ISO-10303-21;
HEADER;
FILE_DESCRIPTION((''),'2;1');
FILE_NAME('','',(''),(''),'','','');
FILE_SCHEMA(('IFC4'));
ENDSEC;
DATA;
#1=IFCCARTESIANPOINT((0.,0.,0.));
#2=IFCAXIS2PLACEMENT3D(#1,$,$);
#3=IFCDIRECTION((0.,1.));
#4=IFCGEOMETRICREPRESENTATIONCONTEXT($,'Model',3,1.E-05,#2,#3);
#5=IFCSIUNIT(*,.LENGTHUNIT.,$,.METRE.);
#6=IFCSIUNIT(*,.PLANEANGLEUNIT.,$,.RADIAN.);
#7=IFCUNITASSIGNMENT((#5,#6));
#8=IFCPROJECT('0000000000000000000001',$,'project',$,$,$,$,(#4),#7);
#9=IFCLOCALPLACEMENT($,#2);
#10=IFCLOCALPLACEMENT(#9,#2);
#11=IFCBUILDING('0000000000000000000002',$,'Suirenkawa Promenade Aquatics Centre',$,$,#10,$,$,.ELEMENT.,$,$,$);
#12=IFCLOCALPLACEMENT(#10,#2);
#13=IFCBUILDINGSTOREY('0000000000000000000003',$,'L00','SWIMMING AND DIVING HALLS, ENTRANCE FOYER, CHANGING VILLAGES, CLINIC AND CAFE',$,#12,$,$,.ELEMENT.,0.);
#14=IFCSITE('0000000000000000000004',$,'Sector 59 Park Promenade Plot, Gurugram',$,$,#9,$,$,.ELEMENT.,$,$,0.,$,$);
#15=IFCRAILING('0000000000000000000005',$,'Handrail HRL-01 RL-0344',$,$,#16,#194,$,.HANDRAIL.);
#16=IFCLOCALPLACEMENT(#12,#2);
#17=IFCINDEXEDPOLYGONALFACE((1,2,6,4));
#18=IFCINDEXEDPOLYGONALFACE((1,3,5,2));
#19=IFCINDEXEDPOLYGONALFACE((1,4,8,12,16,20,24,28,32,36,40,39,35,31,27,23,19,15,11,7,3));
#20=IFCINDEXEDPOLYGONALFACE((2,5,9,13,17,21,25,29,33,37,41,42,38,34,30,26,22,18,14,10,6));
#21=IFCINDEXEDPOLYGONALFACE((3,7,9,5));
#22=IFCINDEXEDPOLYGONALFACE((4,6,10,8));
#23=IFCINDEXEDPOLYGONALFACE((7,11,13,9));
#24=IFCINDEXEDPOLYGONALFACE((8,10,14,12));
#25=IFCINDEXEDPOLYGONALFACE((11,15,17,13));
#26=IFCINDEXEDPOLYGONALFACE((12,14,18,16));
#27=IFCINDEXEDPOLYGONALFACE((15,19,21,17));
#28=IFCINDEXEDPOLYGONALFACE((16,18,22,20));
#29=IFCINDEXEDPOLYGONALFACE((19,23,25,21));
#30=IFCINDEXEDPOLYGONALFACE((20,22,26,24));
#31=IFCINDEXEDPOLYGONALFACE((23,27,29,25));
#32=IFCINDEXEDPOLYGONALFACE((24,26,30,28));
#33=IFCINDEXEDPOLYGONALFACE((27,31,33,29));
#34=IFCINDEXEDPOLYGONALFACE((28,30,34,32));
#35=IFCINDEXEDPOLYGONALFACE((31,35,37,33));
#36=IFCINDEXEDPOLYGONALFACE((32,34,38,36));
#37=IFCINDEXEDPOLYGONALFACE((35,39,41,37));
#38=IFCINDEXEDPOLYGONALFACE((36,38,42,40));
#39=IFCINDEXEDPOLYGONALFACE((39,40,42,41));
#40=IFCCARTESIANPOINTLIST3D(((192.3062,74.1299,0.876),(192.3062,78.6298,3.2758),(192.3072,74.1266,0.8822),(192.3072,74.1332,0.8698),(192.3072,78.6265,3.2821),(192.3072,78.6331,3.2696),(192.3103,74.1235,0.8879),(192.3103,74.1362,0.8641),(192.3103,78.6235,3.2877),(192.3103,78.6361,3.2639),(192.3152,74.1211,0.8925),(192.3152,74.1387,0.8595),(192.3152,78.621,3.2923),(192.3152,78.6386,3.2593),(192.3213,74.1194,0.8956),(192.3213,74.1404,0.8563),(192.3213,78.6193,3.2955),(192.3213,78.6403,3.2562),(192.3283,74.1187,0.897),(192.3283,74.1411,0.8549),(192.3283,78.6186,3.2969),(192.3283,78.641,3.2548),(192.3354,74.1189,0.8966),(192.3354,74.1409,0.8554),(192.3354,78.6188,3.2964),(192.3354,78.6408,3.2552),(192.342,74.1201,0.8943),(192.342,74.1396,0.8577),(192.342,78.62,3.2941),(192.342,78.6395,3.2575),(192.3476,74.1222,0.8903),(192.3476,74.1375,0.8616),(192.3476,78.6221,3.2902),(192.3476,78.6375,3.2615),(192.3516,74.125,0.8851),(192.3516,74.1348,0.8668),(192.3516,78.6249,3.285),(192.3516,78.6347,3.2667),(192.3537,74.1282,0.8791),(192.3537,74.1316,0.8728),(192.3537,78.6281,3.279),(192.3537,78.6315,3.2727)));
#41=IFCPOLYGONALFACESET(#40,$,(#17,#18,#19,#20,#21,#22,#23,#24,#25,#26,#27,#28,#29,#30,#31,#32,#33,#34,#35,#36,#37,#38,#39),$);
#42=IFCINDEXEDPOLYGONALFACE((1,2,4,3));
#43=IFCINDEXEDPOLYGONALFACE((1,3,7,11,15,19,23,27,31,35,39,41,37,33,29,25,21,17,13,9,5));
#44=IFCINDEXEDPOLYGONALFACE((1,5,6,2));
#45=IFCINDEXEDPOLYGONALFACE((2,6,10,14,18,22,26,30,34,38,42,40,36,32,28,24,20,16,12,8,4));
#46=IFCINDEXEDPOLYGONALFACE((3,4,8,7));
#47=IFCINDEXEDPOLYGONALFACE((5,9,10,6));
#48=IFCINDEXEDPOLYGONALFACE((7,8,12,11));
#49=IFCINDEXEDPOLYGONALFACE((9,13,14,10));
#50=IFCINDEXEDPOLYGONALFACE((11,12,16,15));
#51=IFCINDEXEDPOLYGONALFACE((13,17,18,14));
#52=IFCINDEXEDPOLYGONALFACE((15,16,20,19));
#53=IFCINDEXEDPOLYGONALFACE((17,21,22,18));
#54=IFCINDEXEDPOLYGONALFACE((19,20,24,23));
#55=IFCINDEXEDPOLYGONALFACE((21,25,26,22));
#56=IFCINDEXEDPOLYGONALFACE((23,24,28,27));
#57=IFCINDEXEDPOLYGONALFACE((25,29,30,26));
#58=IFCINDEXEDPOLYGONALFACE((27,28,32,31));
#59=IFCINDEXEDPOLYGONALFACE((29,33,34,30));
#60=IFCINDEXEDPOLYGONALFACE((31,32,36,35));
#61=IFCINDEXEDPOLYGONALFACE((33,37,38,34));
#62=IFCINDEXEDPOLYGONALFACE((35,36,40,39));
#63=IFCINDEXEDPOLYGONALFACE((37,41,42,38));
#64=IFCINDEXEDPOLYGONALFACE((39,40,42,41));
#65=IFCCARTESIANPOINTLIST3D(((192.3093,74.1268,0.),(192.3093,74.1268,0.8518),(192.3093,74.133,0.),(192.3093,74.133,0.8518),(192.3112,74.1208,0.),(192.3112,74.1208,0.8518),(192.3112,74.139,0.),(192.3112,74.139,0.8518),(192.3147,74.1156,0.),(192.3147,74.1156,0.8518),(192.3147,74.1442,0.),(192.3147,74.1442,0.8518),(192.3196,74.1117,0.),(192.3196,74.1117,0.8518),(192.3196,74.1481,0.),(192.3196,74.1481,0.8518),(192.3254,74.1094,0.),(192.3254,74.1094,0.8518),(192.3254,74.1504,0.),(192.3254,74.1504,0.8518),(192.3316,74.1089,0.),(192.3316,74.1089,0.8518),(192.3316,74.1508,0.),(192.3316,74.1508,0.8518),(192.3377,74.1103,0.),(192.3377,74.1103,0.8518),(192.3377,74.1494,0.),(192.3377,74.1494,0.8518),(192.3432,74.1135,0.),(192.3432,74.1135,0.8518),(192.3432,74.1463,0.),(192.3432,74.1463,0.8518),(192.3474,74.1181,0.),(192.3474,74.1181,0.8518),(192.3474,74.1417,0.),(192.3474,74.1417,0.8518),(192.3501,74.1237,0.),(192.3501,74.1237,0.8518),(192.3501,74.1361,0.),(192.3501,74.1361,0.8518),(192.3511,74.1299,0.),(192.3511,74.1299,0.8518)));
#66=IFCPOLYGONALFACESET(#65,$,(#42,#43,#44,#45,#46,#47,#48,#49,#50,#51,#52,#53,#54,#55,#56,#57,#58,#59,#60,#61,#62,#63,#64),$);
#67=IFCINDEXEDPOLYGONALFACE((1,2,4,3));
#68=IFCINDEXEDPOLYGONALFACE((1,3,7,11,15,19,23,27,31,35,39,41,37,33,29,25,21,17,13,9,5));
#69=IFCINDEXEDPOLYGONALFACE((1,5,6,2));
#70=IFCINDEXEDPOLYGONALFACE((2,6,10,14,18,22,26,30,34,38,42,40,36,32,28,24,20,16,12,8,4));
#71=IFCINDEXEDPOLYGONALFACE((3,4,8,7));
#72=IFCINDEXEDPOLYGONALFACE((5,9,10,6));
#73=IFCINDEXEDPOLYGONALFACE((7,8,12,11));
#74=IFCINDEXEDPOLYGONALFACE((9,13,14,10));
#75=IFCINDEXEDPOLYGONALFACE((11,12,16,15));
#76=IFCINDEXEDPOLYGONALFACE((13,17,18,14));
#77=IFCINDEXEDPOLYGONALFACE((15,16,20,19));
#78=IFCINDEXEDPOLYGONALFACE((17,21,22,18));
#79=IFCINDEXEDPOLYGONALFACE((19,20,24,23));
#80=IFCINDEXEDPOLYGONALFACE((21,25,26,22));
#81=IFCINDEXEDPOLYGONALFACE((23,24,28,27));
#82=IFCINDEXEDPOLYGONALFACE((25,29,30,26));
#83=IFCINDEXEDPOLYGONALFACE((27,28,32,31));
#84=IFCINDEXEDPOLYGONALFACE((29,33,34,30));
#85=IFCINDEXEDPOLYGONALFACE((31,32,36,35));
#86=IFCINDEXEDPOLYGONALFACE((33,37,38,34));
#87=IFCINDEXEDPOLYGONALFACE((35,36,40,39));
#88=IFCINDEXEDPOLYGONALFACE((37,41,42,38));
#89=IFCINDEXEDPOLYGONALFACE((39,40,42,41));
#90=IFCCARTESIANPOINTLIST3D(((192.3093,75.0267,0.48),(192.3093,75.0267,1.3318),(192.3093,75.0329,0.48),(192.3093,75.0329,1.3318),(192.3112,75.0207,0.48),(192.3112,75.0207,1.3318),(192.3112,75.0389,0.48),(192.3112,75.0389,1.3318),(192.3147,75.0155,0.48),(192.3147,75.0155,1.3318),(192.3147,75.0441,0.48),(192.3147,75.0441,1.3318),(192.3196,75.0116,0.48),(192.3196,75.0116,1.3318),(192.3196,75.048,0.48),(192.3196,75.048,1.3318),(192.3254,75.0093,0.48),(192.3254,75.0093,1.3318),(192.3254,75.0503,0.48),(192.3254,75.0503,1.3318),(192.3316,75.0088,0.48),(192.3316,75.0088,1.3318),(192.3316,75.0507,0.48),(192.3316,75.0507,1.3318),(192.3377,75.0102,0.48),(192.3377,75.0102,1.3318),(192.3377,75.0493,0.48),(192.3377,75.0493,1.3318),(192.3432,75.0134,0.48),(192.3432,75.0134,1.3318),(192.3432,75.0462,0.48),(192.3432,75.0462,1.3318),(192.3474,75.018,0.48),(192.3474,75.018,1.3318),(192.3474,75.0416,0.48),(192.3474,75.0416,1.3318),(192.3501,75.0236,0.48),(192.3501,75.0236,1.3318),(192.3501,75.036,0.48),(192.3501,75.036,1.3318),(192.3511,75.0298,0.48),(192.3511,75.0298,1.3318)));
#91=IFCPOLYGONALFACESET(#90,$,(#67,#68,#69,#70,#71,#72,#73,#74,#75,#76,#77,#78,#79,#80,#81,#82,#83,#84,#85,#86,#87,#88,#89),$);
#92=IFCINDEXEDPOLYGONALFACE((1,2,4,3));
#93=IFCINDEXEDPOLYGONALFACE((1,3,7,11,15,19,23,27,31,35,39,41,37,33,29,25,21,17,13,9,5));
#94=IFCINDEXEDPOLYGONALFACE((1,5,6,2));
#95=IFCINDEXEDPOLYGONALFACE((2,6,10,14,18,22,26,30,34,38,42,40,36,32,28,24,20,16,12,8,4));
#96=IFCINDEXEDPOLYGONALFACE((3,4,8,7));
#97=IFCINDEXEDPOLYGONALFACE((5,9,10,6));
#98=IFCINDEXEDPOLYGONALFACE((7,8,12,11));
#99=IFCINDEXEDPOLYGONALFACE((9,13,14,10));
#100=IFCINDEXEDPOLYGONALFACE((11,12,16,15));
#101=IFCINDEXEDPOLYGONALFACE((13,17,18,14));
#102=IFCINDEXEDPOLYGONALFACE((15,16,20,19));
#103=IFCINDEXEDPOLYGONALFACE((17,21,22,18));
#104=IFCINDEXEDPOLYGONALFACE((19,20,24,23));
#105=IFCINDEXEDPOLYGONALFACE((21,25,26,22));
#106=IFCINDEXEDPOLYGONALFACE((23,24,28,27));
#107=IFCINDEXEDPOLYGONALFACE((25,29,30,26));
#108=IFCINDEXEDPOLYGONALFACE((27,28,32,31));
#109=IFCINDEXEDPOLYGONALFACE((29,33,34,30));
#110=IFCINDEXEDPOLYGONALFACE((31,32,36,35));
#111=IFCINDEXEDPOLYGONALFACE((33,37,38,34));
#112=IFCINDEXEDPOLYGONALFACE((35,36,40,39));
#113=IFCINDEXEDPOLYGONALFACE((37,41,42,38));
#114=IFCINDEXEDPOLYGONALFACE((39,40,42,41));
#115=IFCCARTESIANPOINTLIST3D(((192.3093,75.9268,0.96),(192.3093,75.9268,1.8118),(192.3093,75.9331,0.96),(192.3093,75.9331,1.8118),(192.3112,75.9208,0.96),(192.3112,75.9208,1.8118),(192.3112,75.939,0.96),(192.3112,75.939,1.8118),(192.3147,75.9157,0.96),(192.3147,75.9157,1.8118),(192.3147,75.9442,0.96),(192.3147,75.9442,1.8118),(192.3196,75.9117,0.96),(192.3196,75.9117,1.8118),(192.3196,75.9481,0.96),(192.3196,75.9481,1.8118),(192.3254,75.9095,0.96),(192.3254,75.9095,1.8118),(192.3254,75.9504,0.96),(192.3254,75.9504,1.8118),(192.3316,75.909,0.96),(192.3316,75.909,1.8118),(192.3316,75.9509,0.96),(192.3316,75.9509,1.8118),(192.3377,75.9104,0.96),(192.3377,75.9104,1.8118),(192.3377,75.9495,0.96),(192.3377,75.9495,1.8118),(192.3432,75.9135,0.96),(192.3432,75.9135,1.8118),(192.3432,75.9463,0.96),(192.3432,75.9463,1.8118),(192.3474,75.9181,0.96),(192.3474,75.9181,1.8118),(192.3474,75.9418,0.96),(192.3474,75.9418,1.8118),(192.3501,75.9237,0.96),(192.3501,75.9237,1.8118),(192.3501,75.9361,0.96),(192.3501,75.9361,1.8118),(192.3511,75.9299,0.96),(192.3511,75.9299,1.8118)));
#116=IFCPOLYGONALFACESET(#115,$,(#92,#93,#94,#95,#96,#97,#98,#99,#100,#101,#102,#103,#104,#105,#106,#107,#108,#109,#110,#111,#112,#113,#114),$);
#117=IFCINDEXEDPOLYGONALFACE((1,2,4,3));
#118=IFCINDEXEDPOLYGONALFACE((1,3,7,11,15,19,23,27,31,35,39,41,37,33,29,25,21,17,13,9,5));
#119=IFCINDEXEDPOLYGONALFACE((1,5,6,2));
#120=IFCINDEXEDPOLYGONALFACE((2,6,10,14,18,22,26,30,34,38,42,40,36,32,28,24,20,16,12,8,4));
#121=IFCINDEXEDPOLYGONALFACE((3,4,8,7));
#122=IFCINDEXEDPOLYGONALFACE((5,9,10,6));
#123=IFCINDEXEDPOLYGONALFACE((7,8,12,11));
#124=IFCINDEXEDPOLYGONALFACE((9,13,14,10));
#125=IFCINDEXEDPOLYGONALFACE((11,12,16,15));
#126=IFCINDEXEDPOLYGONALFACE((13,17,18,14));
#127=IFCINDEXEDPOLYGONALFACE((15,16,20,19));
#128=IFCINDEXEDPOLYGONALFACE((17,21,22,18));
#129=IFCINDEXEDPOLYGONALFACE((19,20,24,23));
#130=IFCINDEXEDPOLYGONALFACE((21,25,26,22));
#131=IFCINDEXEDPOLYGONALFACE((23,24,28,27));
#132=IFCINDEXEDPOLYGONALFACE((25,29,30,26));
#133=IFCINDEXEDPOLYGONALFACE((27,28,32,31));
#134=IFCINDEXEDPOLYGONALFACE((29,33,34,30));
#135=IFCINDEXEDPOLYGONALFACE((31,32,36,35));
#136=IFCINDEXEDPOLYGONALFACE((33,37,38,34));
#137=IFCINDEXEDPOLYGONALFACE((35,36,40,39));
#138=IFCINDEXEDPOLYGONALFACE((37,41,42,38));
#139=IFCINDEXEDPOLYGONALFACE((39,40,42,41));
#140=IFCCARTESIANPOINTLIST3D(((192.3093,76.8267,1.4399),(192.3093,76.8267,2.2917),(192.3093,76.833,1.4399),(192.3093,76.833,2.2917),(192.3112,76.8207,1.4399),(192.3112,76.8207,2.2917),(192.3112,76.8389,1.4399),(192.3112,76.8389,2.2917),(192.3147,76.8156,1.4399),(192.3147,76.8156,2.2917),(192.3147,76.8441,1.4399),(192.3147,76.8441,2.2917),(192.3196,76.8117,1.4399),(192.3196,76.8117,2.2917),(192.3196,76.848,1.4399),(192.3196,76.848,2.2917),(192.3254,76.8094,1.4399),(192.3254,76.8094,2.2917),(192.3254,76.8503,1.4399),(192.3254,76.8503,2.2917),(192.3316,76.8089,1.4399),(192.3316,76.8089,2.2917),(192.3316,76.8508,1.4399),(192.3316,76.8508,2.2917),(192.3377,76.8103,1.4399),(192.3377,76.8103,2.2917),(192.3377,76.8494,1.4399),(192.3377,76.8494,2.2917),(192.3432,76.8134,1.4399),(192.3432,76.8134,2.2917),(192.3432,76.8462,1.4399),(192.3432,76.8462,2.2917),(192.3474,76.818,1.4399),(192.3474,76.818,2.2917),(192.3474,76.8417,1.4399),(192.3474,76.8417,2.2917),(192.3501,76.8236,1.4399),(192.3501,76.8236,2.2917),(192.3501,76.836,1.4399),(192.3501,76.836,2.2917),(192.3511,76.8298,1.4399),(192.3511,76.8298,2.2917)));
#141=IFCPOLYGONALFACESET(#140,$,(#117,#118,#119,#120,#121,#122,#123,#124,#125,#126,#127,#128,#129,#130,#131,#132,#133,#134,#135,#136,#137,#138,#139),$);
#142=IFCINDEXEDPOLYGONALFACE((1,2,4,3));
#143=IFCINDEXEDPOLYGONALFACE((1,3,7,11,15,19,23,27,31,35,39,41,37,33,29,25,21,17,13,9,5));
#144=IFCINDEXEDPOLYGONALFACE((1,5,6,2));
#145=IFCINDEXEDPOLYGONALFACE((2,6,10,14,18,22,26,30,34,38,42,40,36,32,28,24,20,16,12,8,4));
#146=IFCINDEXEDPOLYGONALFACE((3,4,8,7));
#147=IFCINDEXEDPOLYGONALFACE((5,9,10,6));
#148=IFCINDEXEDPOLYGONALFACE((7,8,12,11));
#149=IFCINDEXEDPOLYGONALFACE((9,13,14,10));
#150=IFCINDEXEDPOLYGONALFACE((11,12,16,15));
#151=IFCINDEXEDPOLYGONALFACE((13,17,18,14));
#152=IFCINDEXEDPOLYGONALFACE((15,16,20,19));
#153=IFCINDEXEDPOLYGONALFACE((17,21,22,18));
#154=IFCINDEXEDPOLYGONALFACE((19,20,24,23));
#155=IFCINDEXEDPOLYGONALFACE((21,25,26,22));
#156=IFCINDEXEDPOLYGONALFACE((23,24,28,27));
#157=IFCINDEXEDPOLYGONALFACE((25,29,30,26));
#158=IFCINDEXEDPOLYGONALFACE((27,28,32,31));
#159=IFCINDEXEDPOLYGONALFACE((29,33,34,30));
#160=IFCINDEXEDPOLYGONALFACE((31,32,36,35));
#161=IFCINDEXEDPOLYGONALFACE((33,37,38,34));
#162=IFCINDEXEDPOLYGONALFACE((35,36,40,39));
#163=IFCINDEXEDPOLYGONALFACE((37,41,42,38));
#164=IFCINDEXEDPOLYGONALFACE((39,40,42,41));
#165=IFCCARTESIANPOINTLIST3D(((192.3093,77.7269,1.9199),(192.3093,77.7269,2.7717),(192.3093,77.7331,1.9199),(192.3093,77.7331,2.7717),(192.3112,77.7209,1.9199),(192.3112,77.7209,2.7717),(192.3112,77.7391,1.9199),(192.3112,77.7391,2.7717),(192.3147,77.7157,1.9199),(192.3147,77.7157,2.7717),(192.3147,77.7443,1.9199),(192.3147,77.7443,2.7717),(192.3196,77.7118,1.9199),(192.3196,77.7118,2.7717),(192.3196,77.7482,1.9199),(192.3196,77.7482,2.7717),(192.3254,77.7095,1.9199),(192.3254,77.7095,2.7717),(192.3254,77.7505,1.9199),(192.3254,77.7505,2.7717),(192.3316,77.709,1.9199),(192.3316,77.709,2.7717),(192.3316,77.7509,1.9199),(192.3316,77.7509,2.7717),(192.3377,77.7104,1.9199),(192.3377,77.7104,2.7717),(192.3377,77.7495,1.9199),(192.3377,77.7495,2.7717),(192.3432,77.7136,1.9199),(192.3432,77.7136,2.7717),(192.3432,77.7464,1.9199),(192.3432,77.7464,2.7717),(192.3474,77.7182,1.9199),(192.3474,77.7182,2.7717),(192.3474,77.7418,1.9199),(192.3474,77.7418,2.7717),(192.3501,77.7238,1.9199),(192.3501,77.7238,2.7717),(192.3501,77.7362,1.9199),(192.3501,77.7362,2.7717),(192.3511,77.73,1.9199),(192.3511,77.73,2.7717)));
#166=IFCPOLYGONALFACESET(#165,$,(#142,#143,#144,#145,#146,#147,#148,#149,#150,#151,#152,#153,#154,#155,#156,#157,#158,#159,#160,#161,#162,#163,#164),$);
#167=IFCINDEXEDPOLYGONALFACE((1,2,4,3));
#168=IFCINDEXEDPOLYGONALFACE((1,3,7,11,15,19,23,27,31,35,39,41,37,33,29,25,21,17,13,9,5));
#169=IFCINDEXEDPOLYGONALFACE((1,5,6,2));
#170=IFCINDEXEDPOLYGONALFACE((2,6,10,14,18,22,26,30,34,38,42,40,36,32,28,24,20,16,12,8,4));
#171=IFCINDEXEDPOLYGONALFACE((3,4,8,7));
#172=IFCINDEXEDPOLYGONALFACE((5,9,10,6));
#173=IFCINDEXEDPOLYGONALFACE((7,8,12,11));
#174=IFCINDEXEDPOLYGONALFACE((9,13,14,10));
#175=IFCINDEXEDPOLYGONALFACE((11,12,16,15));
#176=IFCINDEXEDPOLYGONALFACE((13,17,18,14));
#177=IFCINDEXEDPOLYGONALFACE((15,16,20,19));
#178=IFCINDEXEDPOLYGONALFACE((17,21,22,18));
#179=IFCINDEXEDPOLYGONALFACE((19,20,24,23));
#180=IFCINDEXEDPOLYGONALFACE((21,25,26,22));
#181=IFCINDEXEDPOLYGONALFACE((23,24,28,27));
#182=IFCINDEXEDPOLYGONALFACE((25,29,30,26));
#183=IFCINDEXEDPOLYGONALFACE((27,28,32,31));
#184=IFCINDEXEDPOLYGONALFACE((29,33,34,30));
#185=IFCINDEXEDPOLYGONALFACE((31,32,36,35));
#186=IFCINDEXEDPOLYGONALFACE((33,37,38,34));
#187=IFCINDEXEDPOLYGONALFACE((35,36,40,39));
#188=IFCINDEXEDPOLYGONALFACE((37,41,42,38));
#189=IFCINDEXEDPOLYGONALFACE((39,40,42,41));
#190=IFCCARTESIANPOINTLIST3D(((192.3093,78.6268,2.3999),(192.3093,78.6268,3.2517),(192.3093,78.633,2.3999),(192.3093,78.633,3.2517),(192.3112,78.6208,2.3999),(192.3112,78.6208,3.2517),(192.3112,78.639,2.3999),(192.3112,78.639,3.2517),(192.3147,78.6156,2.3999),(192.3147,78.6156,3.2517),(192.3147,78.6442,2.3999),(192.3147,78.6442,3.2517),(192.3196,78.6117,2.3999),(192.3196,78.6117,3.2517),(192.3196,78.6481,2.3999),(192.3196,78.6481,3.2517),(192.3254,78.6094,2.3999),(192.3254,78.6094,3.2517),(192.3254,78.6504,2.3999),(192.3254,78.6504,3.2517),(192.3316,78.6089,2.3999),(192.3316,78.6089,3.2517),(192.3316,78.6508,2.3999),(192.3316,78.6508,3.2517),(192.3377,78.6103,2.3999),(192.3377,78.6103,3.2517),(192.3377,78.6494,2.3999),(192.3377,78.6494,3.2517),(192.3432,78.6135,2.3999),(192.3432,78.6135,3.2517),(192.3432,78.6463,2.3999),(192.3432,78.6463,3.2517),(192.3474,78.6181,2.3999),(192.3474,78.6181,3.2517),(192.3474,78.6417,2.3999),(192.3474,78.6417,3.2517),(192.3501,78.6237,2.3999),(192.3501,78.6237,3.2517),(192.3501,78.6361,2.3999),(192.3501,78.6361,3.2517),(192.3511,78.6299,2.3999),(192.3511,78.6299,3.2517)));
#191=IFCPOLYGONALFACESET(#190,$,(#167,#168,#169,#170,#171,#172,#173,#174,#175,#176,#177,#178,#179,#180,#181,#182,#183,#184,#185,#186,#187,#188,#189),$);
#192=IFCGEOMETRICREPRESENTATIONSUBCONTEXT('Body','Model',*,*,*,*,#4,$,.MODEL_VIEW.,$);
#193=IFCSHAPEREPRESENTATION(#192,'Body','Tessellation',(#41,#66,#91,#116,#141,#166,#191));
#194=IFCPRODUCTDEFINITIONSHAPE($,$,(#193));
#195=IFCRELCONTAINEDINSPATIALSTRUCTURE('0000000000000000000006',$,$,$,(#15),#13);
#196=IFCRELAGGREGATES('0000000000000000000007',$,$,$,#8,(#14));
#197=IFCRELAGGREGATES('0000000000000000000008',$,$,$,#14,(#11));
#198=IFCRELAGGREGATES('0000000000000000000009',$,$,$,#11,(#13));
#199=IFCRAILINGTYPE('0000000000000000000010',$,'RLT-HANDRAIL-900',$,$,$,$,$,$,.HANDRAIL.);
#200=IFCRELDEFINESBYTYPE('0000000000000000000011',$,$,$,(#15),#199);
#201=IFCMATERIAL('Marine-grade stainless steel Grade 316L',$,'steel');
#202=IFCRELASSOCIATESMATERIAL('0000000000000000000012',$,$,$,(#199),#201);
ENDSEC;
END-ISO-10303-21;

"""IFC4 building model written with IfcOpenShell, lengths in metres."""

from ifc_helpers import new_model, si_unit, direction, frame, origin, origin_2d, place, context, subcontext, project, spatial, circle, extrude, material, type_object, element, save


model = new_model("IFC4")

# Units and contexts
model_context = context("Model", 3, precision=1e-05, world=origin(), true_north=direction((0.0, 1.0)))
body_context = subcontext(model_context, "Body", "Model", "MODEL_VIEW")
ifc_project = project(units=[si_unit("LENGTHUNIT", "METRE"), si_unit("PLANEANGLEUNIT", "RADIAN")], contexts=[model_context])

# Site, building, storey
site_placement = place(None, origin())
site = spatial("IfcSite", under=ifc_project, at=site_placement, Name="Sector 59 Park Promenade Plot, Gurugram", CompositionType="ELEMENT", RefElevation=0.0)
building_placement = place(site_placement, origin())
building = spatial("IfcBuilding", under=site, at=building_placement, Name="Suirenkawa Promenade Aquatics Centre", CompositionType="ELEMENT")
storey_placement = place(building_placement, origin())
storey = spatial("IfcBuildingStorey", under=building, at=storey_placement, Name="L00", Description="SWIMMING AND DIVING HALLS, ENTRANCE FOYER, CHANGING VILLAGES, CLINIC AND CAFE", CompositionType="ELEMENT", Elevation=0.0)

# Railing
ifc_material_1 = material(Name="Marine-grade stainless steel Grade 316L", Category="steel")
railing_type_1 = type_object("IfcRailingType", Name="RLT-HANDRAIL-900", PredefinedType="HANDRAIL", material=ifc_material_1)
for number, where, name in (
    (1, (192.3301, 74.1299, 0.0), "Handrail HRL-01 RL-0344"),
):
    element("IfcRailing", number, at=place(storey_placement, frame(where)), inside=storey, type_object=railing_type_1, Name=name, PredefinedType="HANDRAIL", context=body_context, shape_type="SweptSolid", body=[
        extrude(circle(Radius=0.0239, at=origin_2d()), frame((0.0, 0.0, 0.876), z_axis=(0.0, 0.882361, 0.470573), x_axis=(-1.0, 0.0, 0.0)), (0.0, 0.0, 1.0), 5.0999),
        extrude(circle(Radius=0.021, at=origin_2d()), origin(), (0.0, 0.0, 1.0), 0.8518),
        extrude(circle(Radius=0.021, at=origin_2d()), frame((0.0, 0.8999, 0.48)), (0.0, 0.0, 1.0), 0.8518),
        extrude(circle(Radius=0.021, at=origin_2d()), frame((0.0, 1.8, 0.96)), (0.0, 0.0, 1.0), 0.8518),
        extrude(circle(Radius=0.021, at=origin_2d()), frame((0.0, 2.7, 1.4399)), (0.0, 0.0, 1.0), 0.8518),
        extrude(circle(Radius=0.021, at=origin_2d()), frame((0.0, 3.6001, 1.9199)), (0.0, 0.0, 1.0), 0.8518),
        extrude(circle(Radius=0.021, at=origin_2d()), frame((0.0, 4.5, 2.3999)), (0.0, 0.0, 1.0), 0.8518),
    ])

save(model, "model.ifc")
